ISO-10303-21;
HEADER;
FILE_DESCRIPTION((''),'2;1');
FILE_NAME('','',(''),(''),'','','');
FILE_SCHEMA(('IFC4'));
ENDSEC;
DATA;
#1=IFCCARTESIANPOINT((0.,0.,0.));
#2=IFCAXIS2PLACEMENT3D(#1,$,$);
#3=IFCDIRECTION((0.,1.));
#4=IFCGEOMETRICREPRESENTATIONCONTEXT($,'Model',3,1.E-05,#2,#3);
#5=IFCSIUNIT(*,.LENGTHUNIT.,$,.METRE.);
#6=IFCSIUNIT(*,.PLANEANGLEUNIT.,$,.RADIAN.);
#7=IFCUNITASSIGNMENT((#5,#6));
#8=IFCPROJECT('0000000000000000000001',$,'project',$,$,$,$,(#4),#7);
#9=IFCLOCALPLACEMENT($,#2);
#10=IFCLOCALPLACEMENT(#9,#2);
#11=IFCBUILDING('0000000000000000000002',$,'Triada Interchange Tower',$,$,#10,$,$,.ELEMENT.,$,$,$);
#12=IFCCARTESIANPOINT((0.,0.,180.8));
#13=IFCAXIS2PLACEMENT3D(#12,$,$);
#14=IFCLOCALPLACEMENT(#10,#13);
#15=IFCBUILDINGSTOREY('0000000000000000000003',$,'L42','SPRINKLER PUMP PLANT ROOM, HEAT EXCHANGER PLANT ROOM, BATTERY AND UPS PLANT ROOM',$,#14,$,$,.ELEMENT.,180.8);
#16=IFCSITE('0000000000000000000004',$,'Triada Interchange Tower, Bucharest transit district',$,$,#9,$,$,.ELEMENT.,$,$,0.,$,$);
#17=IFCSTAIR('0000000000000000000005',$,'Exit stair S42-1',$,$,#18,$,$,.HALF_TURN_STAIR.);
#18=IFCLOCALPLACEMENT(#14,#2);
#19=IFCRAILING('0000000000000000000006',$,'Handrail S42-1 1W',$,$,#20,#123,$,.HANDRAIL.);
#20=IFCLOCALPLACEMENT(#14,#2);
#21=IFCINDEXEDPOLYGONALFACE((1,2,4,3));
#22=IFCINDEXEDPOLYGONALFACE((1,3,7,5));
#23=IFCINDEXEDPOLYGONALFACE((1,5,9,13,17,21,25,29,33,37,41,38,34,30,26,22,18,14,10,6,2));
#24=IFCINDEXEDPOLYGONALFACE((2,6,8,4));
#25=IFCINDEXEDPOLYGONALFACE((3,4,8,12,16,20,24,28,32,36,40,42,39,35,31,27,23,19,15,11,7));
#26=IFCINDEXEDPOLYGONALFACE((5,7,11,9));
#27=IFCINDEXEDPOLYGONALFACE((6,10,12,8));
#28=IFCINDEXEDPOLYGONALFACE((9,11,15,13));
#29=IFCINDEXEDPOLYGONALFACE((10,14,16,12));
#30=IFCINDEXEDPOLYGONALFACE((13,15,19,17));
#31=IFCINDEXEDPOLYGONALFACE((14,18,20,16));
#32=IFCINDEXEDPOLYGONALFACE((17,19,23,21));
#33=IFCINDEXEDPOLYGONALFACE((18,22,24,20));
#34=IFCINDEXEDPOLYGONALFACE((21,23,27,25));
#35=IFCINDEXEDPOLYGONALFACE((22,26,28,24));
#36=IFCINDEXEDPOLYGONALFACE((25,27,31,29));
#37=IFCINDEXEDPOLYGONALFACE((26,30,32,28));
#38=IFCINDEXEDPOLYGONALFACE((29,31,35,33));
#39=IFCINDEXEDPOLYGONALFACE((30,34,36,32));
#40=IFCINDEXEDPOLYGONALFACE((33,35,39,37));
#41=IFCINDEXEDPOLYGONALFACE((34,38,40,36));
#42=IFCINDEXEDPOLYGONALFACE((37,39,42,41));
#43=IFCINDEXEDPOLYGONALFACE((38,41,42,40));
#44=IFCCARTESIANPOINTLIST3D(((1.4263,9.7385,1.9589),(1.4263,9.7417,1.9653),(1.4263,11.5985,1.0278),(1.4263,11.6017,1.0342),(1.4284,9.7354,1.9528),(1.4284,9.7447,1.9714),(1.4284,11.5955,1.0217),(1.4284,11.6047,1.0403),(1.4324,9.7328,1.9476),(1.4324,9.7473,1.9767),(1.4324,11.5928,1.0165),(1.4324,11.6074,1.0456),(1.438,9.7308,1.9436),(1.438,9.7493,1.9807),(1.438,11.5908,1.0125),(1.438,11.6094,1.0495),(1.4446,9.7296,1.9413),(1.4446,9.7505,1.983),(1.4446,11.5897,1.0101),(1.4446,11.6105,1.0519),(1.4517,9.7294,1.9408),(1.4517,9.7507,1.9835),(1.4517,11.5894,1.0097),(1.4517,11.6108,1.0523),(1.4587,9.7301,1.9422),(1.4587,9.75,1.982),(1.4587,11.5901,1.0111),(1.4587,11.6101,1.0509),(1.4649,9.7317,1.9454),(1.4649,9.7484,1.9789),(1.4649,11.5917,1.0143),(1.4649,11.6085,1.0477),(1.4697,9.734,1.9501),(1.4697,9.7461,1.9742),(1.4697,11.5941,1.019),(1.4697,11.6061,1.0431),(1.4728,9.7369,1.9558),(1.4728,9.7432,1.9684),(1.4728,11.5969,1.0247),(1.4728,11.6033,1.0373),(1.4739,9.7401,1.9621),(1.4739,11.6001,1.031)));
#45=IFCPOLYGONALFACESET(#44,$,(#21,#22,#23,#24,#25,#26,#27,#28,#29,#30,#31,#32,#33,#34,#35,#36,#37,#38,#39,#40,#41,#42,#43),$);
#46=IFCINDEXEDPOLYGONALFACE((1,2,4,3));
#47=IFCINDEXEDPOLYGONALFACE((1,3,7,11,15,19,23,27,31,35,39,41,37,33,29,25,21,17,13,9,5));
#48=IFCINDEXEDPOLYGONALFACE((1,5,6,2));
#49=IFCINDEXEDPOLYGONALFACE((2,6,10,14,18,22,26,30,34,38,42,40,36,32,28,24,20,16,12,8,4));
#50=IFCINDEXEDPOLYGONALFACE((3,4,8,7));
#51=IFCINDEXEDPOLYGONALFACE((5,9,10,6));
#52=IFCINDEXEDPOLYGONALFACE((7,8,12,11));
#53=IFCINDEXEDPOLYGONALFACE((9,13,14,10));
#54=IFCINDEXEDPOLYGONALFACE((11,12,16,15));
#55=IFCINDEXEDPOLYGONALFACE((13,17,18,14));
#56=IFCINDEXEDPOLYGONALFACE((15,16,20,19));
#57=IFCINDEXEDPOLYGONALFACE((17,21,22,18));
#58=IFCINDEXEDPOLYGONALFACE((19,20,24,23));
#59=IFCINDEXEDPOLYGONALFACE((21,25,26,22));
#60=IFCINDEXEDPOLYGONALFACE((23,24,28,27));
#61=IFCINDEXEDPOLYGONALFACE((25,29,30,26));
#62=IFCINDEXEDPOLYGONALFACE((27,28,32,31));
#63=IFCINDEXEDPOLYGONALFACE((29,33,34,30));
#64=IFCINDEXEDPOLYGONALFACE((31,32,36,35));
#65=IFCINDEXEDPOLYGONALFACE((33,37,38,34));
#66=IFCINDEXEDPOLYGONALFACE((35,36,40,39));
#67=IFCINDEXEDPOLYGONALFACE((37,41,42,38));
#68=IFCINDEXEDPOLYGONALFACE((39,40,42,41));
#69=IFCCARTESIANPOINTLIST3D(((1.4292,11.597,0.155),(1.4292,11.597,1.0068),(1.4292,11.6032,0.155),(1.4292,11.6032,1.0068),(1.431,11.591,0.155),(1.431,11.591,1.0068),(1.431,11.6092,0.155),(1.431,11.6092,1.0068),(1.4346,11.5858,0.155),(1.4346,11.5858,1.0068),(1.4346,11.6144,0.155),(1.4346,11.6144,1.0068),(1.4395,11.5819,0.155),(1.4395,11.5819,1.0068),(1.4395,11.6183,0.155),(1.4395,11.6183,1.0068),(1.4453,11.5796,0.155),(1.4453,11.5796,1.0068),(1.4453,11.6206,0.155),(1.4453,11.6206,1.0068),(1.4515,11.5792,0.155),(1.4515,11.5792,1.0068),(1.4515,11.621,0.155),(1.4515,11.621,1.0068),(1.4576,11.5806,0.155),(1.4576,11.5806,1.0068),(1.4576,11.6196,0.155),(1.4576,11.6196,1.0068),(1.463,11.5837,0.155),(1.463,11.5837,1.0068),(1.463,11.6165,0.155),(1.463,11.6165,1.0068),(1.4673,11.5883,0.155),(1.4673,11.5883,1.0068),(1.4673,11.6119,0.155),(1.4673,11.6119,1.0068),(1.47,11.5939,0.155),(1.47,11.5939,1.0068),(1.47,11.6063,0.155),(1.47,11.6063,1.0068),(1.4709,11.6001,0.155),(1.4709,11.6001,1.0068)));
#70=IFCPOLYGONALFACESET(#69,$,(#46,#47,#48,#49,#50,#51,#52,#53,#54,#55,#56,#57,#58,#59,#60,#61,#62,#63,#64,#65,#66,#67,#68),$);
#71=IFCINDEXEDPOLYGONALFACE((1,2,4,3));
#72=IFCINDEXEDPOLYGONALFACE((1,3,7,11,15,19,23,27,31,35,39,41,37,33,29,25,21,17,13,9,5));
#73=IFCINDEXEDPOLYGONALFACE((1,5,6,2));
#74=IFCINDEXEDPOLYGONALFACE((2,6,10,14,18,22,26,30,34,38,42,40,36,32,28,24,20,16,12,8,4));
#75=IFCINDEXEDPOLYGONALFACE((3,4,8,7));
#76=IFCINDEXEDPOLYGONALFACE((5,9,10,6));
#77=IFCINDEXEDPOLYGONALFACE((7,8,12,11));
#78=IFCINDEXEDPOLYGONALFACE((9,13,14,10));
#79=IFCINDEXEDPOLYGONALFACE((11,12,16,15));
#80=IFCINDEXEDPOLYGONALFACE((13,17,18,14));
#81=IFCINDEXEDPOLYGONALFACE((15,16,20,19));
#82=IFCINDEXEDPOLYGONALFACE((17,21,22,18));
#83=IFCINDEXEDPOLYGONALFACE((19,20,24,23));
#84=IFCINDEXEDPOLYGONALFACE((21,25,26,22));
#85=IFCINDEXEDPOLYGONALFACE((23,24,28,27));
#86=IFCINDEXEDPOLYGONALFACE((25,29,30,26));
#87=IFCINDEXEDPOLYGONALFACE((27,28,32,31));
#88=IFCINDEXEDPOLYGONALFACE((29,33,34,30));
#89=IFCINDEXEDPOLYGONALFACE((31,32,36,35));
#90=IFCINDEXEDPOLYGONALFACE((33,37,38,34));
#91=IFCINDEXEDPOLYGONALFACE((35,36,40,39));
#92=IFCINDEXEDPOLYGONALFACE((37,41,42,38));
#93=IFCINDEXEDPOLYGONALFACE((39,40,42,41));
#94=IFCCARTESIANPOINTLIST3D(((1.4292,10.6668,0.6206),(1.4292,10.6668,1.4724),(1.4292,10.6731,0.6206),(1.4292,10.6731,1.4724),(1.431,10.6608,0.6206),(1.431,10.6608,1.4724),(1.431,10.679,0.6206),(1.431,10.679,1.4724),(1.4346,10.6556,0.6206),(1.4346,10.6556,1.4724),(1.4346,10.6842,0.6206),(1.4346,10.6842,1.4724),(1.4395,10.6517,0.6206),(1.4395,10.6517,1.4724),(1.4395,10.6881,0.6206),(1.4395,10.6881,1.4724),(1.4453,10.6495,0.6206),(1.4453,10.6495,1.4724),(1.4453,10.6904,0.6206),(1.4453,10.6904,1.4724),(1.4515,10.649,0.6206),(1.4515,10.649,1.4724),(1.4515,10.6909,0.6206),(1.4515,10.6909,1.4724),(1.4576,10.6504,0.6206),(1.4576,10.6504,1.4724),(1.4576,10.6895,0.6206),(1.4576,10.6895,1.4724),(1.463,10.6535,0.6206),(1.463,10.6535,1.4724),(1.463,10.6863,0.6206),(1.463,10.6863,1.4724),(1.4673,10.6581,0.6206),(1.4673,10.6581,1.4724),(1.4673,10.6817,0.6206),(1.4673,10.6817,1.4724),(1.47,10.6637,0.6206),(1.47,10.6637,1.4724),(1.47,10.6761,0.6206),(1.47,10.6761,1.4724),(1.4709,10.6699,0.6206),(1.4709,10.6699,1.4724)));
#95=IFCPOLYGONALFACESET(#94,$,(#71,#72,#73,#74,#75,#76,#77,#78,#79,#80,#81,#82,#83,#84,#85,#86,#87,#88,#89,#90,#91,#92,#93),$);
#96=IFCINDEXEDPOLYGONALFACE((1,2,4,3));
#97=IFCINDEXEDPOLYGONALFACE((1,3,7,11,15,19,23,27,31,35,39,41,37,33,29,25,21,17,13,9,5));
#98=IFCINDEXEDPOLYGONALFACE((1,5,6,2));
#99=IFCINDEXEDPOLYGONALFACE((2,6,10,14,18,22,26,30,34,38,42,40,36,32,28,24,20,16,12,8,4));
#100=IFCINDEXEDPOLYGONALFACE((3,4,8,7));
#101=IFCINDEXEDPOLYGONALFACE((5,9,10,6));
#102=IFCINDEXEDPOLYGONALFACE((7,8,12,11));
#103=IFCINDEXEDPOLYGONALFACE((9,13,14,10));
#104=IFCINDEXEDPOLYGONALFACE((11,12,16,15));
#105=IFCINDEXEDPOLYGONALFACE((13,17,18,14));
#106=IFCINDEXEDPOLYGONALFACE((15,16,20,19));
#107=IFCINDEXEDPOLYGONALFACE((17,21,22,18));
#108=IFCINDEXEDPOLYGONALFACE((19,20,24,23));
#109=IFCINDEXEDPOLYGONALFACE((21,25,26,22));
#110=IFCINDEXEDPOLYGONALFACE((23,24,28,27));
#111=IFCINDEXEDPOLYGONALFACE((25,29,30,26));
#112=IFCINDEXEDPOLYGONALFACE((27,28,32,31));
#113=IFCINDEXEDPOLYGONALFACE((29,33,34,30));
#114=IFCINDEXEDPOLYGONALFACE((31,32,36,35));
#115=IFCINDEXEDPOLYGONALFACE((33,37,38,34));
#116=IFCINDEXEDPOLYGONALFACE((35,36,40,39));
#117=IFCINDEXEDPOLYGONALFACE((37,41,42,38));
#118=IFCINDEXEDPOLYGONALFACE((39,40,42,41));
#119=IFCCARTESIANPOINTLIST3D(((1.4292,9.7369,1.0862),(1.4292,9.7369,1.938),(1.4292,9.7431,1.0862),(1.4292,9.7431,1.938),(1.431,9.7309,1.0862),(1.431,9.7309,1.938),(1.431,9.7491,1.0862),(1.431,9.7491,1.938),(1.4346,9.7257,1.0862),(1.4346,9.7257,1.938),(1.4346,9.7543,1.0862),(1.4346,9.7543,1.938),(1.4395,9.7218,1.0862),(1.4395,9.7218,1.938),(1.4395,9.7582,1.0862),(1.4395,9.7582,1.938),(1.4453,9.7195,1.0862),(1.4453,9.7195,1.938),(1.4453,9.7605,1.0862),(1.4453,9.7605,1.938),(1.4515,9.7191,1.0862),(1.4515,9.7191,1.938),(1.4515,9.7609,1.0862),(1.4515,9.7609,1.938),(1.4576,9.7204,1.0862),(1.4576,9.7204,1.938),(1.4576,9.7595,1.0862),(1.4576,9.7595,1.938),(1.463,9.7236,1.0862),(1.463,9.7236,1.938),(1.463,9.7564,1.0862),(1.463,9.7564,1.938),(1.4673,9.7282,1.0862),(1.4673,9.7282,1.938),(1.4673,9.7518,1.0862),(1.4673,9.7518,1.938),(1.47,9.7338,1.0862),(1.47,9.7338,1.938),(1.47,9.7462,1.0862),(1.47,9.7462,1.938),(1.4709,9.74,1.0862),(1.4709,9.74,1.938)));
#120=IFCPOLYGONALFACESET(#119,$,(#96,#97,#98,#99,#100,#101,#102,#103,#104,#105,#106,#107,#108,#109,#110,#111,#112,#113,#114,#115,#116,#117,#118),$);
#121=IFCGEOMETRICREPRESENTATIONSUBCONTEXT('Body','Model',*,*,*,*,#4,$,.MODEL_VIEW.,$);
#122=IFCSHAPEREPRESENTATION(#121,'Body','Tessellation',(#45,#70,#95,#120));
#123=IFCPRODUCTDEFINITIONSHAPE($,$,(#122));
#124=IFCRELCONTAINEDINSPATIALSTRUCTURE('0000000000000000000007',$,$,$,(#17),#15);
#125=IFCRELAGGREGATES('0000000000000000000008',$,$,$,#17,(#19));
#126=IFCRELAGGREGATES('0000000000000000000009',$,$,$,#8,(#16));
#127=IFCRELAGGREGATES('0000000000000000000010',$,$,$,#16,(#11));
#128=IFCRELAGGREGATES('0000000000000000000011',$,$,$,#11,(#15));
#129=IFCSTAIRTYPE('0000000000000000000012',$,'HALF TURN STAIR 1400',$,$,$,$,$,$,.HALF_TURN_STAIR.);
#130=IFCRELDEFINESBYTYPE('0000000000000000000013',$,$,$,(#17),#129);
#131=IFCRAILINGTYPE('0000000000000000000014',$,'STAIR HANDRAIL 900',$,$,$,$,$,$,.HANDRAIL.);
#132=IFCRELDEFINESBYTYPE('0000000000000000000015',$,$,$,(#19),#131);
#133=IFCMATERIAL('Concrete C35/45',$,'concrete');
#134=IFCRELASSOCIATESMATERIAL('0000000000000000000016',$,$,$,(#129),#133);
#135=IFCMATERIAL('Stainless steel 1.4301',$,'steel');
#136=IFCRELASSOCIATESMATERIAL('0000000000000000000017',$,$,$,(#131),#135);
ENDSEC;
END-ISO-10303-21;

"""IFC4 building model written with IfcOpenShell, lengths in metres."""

from ifc_helpers import new_model, si_unit, direction, frame, origin, origin_2d, place, context, subcontext, project, spatial, circle, extrude, material, type_object, element, aggregate, save


model = new_model("IFC4")

# Units and contexts
model_context = context("Model", 3, precision=1e-05, world=origin(), true_north=direction((0.0, 1.0)))
body_context = subcontext(model_context, "Body", "Model", "MODEL_VIEW")
ifc_project = project(units=[si_unit("LENGTHUNIT", "METRE"), si_unit("PLANEANGLEUNIT", "RADIAN")], contexts=[model_context])

# Site, building, storey
site_placement = place(None, origin())
site = spatial("IfcSite", under=ifc_project, at=site_placement, Name="Triada Interchange Tower, Bucharest transit district", CompositionType="ELEMENT", RefElevation=0.0)
building_placement = place(site_placement, origin())
building = spatial("IfcBuilding", under=site, at=building_placement, Name="Triada Interchange Tower", CompositionType="ELEMENT")
storey_placement = place(building_placement, frame((0.0, 0.0, 180.8)))
storey = spatial("IfcBuildingStorey", under=building, at=storey_placement, Name="L42", Description="SPRINKLER PUMP PLANT ROOM, HEAT EXCHANGER PLANT ROOM, BATTERY AND UPS PLANT ROOM", CompositionType="ELEMENT", Elevation=180.8)

# Shared definitions
ifc_material_1 = material(Name="Concrete C35/45", Category="concrete")

# Stair
stair_type = type_object("IfcStairType", Name="HALF TURN STAIR 1400", PredefinedType="HALF_TURN_STAIR", material=ifc_material_1)
stair_placement = place(storey_placement, origin())
stair = element("IfcStair", 1, at=stair_placement, inside=storey, type_object=stair_type, Name="Exit stair S42-1", PredefinedType="HALF_TURN_STAIR")

# Railing
ifc_material_2 = material(Name="Stainless steel 1.4301", Category="steel")
railing_type_1 = type_object("IfcRailingType", Name="STAIR HANDRAIL 900", PredefinedType="HANDRAIL", material=ifc_material_2)
railing_1_placement = place(storey_placement, frame((1.45, 11.6001, 0.155)))
railing_1 = element("IfcRailing", 2, at=railing_1_placement, type_object=railing_type_1, Name="Handrail S42-1 1W", PredefinedType="HANDRAIL", context=body_context, shape_type="SweptSolid", body=[
    extrude(circle(Radius=0.0239, at=origin_2d()), frame((0.0, 0.0, 0.876), z_axis=(0.0, -0.894216, 0.447636), x_axis=(1.0, 0.0, 0.0)), (0.0, 0.0, 1.0), 2.0801),
    extrude(circle(Radius=0.021, at=origin_2d()), origin(), (0.0, 0.0, 1.0), 0.8518),
    extrude(circle(Radius=0.021, at=origin_2d()), frame((0.0, -0.9302, 0.4656)), (0.0, 0.0, 1.0), 0.8518),
    extrude(circle(Radius=0.021, at=origin_2d()), frame((0.0, -1.8601, 0.9312)), (0.0, 0.0, 1.0), 0.8518),
])
aggregate(stair, [railing_1])

save(model, "model.ifc")
